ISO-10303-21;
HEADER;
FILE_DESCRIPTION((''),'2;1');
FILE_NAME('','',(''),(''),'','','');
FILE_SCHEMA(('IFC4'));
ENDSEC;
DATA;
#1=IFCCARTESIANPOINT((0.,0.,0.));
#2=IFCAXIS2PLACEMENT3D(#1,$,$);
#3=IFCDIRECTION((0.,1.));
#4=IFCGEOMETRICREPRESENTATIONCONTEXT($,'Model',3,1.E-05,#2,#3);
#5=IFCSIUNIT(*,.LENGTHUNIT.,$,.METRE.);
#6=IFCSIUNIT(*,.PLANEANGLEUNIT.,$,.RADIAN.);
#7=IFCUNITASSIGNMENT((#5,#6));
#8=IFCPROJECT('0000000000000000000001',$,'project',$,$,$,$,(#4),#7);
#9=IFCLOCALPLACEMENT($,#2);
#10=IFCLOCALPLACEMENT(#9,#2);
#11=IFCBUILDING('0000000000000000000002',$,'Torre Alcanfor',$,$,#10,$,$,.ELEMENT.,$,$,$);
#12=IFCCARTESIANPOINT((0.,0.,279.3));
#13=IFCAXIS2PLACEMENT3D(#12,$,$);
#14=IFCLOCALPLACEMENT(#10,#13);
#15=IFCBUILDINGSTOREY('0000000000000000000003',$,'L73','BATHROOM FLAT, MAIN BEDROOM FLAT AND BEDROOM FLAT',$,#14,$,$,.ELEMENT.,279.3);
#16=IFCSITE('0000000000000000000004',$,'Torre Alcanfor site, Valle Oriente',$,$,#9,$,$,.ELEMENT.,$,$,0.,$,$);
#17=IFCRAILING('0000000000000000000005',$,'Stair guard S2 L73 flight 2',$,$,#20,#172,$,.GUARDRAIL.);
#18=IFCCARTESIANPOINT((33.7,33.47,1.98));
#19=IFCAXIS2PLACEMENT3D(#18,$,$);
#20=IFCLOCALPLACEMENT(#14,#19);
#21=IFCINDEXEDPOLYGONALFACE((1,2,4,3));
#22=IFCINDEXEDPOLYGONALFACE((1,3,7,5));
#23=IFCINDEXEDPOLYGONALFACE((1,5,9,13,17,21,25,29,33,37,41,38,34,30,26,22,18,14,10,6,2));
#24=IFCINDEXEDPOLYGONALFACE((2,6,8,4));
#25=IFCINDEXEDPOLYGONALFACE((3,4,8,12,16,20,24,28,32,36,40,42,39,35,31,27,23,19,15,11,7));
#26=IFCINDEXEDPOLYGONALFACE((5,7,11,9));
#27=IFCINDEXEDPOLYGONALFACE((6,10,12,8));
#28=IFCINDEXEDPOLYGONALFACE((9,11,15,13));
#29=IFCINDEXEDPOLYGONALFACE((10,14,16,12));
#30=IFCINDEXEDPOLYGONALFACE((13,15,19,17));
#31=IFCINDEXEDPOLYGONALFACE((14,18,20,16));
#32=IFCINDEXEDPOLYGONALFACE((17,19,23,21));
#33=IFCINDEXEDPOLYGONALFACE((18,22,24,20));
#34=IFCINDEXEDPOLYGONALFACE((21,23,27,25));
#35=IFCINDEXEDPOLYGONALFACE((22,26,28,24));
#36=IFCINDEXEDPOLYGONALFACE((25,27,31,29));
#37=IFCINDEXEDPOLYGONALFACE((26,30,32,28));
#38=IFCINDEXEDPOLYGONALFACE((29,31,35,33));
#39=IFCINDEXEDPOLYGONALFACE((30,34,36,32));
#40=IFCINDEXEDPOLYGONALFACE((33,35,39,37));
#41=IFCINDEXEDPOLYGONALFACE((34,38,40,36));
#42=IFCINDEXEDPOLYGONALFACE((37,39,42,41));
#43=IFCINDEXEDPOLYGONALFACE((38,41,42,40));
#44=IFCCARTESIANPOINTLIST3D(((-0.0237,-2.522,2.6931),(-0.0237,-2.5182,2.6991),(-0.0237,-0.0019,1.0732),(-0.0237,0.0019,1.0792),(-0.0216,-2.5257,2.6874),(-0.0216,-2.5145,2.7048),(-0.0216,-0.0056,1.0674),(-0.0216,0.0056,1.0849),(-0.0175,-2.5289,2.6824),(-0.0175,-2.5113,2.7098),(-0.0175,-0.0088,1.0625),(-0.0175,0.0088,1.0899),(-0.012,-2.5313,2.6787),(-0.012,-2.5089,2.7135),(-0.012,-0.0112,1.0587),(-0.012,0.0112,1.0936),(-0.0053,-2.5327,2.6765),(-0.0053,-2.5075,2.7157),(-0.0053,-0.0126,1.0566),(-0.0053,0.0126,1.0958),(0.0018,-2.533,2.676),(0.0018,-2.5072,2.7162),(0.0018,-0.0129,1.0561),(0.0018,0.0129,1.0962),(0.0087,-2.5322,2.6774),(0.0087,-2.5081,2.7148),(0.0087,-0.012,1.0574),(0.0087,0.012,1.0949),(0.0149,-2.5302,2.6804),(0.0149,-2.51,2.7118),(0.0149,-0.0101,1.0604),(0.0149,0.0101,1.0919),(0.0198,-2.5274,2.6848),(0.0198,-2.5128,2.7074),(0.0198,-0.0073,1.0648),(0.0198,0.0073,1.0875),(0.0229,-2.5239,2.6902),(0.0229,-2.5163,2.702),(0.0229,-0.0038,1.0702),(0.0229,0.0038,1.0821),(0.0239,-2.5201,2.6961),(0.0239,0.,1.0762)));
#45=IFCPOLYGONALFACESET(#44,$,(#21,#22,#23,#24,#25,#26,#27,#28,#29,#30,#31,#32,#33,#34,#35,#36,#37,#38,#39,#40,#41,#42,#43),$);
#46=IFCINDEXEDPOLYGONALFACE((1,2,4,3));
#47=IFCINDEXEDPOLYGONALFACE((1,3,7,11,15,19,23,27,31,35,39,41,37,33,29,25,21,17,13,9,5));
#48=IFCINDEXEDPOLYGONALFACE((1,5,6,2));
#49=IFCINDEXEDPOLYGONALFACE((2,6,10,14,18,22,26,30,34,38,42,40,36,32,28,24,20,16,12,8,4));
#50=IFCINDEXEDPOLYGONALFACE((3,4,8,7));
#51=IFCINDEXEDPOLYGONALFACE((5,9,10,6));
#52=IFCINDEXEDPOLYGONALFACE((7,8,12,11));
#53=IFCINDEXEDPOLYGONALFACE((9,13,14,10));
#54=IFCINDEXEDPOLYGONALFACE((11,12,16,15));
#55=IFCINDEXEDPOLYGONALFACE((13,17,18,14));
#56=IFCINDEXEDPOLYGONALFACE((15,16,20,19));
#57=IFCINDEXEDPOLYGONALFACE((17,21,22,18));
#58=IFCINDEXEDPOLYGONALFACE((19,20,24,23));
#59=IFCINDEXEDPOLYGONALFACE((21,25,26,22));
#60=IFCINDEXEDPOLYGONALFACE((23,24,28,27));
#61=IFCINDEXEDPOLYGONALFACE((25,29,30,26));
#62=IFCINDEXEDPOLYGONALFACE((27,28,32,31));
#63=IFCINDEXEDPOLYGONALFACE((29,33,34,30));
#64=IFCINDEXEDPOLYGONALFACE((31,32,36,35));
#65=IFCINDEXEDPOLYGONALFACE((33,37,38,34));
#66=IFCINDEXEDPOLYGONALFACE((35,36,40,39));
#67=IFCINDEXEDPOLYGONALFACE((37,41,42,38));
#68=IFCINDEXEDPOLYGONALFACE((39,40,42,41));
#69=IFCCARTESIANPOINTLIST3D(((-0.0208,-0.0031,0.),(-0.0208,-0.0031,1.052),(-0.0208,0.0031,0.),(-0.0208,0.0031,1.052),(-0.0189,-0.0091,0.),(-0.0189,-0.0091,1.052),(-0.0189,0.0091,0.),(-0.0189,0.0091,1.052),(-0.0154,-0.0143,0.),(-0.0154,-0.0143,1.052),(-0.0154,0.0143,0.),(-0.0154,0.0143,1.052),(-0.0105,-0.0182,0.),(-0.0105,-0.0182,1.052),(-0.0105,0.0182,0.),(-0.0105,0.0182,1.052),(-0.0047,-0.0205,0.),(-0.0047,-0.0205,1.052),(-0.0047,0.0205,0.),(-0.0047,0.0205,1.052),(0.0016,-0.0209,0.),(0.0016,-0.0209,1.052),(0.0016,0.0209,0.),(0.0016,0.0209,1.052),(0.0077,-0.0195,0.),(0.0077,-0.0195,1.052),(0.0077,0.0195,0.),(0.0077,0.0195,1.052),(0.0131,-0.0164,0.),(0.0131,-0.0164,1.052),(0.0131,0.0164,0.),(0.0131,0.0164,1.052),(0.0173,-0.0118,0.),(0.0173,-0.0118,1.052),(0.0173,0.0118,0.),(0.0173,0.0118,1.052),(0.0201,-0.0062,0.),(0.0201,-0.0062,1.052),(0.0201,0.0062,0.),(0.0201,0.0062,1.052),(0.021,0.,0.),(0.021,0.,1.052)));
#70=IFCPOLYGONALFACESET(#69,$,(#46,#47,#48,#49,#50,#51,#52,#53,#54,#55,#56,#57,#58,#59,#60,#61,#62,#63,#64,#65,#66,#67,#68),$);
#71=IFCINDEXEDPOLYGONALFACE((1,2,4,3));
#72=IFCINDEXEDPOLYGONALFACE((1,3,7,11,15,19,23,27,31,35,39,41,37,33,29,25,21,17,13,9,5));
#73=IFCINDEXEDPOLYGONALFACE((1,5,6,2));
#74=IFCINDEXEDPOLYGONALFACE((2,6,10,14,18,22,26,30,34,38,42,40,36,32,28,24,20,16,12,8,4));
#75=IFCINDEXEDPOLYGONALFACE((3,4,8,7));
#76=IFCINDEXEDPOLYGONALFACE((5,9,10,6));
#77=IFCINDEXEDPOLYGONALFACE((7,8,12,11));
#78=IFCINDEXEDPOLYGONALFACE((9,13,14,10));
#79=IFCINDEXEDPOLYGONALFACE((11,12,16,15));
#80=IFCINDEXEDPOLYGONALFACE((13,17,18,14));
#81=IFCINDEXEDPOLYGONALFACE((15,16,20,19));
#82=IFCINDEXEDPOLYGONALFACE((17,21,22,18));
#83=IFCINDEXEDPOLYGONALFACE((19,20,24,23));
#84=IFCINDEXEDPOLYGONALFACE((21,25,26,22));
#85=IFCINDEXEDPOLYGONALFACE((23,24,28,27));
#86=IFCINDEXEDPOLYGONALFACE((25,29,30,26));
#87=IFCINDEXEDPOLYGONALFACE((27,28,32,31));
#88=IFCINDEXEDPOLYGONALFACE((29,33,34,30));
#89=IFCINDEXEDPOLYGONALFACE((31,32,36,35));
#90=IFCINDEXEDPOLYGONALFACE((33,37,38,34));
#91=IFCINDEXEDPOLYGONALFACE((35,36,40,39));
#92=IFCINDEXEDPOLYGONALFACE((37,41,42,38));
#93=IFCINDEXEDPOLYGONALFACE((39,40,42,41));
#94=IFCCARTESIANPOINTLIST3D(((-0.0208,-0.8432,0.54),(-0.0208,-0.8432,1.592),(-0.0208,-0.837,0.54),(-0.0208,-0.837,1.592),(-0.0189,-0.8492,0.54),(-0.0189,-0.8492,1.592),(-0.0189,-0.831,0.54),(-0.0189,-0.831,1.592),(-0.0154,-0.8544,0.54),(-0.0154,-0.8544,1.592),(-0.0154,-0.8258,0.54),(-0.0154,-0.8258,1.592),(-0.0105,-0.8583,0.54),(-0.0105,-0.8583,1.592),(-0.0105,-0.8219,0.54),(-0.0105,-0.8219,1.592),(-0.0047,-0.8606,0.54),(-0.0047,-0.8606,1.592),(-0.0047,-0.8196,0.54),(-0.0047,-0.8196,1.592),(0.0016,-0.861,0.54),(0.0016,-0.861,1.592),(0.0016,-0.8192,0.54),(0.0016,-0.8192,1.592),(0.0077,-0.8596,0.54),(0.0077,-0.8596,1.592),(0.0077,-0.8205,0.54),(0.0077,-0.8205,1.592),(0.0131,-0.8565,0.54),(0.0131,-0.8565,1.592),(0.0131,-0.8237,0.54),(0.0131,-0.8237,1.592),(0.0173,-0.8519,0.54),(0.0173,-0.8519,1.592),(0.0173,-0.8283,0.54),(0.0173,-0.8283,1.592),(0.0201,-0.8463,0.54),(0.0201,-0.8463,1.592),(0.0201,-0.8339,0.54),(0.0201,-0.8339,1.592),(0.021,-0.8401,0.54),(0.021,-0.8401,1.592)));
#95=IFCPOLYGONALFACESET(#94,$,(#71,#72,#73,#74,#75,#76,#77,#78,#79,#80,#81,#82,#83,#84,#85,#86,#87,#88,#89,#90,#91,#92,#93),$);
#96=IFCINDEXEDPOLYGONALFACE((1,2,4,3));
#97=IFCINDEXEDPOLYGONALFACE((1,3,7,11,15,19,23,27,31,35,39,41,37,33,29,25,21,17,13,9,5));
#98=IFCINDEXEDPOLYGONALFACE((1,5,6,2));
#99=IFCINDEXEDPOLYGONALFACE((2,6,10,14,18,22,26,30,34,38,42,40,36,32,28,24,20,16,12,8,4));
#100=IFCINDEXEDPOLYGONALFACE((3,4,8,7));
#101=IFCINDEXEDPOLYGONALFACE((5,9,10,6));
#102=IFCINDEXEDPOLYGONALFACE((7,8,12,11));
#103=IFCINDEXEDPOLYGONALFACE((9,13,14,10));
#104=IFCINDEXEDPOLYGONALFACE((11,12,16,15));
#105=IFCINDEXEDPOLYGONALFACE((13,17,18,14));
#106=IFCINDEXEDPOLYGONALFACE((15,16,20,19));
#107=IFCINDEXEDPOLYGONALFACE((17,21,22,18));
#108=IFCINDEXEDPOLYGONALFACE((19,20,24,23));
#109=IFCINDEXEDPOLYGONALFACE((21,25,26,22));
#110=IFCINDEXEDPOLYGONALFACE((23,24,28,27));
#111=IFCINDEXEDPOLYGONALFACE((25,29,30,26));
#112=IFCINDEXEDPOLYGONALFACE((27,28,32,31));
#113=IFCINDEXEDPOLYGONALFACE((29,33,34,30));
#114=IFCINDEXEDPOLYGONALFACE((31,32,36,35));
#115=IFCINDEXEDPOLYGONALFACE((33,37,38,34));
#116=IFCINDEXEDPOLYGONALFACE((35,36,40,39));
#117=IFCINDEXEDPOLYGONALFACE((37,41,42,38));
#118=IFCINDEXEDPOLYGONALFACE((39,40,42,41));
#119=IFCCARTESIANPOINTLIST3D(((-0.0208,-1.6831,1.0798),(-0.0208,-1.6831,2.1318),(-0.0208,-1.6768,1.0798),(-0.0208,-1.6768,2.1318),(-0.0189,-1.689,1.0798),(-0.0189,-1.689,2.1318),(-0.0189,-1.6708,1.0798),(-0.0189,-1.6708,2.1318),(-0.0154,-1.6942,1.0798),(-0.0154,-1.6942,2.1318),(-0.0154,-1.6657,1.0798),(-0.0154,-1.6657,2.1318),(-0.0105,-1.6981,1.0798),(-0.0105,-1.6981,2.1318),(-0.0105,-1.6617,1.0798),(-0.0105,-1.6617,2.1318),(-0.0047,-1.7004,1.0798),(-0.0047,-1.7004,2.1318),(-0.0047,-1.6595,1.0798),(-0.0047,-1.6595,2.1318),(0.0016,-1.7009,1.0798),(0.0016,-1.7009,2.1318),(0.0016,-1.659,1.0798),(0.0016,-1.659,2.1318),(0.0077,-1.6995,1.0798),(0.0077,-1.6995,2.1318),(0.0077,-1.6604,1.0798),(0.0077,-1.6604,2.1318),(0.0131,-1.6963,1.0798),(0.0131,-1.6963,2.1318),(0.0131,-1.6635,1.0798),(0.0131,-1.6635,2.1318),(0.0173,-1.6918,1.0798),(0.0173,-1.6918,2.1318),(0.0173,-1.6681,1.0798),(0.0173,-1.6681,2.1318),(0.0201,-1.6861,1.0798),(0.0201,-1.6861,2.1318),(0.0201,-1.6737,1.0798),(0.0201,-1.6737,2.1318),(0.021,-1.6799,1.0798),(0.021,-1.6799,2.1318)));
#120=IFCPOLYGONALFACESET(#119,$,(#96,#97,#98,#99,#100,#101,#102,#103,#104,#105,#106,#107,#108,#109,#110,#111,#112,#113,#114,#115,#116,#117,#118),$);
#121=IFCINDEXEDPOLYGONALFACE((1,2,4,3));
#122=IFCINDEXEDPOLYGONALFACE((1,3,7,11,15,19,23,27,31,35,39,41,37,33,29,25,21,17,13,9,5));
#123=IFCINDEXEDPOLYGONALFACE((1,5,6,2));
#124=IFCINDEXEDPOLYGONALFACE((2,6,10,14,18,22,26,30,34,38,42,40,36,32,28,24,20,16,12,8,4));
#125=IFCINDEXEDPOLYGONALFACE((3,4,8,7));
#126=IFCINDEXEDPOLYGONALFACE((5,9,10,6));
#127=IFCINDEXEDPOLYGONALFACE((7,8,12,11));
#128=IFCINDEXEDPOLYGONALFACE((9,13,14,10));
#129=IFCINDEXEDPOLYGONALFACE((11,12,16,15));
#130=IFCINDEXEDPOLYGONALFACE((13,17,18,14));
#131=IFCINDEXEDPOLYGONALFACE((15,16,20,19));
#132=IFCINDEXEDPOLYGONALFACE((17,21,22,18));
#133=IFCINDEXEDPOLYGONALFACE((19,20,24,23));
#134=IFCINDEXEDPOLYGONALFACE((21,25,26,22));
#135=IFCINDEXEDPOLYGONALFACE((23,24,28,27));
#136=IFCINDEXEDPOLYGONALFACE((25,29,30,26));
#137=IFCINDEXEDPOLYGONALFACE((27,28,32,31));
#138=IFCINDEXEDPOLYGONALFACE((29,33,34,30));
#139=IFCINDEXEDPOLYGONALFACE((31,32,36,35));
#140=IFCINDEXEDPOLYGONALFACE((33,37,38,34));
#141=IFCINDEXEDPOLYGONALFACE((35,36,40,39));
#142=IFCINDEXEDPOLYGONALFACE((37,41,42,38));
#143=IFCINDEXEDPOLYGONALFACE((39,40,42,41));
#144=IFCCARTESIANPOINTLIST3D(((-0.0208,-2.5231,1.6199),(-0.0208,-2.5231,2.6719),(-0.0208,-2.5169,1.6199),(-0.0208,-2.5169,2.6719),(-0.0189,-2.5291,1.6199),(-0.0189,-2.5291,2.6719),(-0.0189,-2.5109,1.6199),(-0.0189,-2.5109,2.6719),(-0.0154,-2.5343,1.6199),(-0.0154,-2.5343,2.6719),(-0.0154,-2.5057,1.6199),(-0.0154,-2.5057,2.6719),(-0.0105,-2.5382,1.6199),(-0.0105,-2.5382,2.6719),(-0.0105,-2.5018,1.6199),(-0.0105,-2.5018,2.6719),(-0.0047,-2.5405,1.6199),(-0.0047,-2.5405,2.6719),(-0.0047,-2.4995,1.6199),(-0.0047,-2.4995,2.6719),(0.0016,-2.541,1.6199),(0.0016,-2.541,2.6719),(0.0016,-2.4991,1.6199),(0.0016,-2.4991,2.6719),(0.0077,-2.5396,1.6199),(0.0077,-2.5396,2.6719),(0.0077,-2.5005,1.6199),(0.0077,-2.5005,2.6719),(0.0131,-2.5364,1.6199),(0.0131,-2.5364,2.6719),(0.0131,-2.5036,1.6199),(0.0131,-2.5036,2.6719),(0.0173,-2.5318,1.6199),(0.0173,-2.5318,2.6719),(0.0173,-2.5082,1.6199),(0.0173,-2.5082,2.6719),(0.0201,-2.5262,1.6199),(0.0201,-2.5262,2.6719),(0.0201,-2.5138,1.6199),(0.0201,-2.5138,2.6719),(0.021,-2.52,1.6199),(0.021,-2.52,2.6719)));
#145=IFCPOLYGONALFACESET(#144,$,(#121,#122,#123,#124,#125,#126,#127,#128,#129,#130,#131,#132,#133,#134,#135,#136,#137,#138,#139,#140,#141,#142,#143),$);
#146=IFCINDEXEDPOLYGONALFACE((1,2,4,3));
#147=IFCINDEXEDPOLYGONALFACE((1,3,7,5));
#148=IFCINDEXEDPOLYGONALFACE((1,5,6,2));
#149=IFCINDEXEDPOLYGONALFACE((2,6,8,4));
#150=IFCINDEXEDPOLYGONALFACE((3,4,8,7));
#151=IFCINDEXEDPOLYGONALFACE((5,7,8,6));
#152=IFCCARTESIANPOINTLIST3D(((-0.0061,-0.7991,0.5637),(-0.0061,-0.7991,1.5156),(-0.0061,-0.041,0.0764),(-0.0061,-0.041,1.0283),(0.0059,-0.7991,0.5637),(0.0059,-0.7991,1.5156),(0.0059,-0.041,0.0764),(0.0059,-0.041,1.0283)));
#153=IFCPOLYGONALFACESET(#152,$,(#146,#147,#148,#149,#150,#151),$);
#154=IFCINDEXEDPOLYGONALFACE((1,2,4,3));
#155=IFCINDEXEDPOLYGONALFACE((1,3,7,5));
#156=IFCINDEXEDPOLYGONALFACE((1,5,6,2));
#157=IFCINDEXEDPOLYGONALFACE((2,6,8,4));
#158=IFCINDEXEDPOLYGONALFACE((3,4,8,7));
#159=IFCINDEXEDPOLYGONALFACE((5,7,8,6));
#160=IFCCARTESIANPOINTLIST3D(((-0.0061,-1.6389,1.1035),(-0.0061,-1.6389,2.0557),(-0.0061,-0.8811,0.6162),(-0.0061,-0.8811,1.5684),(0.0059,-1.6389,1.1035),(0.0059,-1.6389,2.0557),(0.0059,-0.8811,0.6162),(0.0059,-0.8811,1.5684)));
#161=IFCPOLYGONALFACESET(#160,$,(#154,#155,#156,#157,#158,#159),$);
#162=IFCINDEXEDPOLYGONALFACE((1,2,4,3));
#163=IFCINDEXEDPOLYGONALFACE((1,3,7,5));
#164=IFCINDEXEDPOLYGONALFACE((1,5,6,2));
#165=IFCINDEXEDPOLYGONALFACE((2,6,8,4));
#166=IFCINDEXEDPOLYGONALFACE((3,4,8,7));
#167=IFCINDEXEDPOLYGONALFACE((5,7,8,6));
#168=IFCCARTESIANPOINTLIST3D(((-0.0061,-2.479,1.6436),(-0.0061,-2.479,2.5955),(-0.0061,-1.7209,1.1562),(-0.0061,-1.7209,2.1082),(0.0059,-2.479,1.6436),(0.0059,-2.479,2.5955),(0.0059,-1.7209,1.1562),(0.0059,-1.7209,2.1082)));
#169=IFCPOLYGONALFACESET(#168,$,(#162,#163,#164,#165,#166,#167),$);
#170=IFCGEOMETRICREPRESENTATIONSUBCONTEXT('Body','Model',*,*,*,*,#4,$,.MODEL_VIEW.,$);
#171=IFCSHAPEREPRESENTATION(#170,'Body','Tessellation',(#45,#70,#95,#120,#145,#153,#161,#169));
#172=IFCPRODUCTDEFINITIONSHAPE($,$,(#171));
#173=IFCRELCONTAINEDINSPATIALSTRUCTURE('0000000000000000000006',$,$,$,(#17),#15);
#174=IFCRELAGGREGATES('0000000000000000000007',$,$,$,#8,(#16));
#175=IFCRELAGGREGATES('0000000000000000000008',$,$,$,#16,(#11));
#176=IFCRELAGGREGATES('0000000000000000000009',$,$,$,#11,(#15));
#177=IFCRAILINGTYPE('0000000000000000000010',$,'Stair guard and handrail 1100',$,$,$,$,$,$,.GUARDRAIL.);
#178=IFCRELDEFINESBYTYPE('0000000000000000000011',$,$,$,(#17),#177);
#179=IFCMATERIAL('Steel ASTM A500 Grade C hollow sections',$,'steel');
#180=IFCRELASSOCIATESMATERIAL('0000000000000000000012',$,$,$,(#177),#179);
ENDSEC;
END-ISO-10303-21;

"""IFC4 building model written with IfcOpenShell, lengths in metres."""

from ifc_helpers import new_model, si_unit, direction, frame, origin, origin_2d, place, context, subcontext, project, spatial, polyline, circle, outline, extrude, material, type_object, element, save


model = new_model("IFC4")

# Units and contexts
model_context = context("Model", 3, precision=1e-05, world=origin(), true_north=direction((0.0, 1.0)))
body_context = subcontext(model_context, "Body", "Model", "MODEL_VIEW")
ifc_project = project(units=[si_unit("LENGTHUNIT", "METRE"), si_unit("PLANEANGLEUNIT", "RADIAN")], contexts=[model_context])

# Site, building, storey
site_placement = place(None, origin())
site = spatial("IfcSite", under=ifc_project, at=site_placement, Name="Torre Alcanfor site, Valle Oriente", CompositionType="ELEMENT", RefElevation=0.0)
building_placement = place(site_placement, origin())
building = spatial("IfcBuilding", under=site, at=building_placement, Name="Torre Alcanfor", CompositionType="ELEMENT")
storey_placement = place(building_placement, frame((0.0, 0.0, 279.3)))
storey = spatial("IfcBuildingStorey", under=building, at=storey_placement, Name="L73", Description="BATHROOM FLAT, MAIN BEDROOM FLAT AND BEDROOM FLAT", CompositionType="ELEMENT", Elevation=279.3)

# Railing
ifc_material_1 = material(Name="Steel ASTM A500 Grade C hollow sections", Category="steel")
railing_type_1 = type_object("IfcRailingType", Name="Stair guard and handrail 1100", PredefinedType="GUARDRAIL", material=ifc_material_1)
railing_1_placement = place(storey_placement, frame((33.7, 33.47, 1.98)))
element("IfcRailing", 1, at=railing_1_placement, inside=storey, type_object=railing_type_1, Name="Stair guard S2 L73 flight 2", PredefinedType="GUARDRAIL", context=body_context, shape_type="SweptSolid", body=[
    extrude(circle(Radius=0.0239, at=origin_2d()), frame((0.0, 0.0, 1.0762), z_axis=(0.0, -0.8412, 0.540725), x_axis=(1.0, 0.0, 0.0)), (0.0, 0.0, 1.0), 2.9958),
    extrude(circle(Radius=0.021, at=origin_2d()), origin(), (0.0, 0.0, 1.0), 1.052),
    extrude(circle(Radius=0.021, at=origin_2d()), frame((0.0, -0.8401, 0.54)), (0.0, 0.0, 1.0), 1.052),
    extrude(circle(Radius=0.021, at=origin_2d()), frame((0.0, -1.6799, 1.0798)), (0.0, 0.0, 1.0), 1.052),
    extrude(circle(Radius=0.021, at=origin_2d()), frame((0.0, -2.52, 1.6199)), (0.0, 0.0, 1.0), 1.052),
    extrude(outline(polyline([(0.041, 0.0764), (0.7991, 0.5637), (0.7991, 1.5156), (0.041, 1.0283), (0.041, 0.0764)])), frame((0.0059, 0.0, 0.0), z_axis=(-1.0, 0.0, 0.0), x_axis=(0.0, -1.0, 0.0)), (0.0, 0.0, 1.0), 0.012),
    extrude(outline(polyline([(0.8811, 0.6162), (1.6389, 1.1035), (1.6389, 2.0557), (0.8811, 1.5684), (0.8811, 0.6162)])), frame((0.0059, 0.0, 0.0), z_axis=(-1.0, 0.0, 0.0), x_axis=(0.0, -1.0, 0.0)), (0.0, 0.0, 1.0), 0.012),
    extrude(outline(polyline([(1.7209, 1.1562), (2.479, 1.6436), (2.479, 2.5955), (1.7209, 2.1082), (1.7209, 1.1562)])), frame((0.0059, 0.0, 0.0), z_axis=(-1.0, 0.0, 0.0), x_axis=(0.0, -1.0, 0.0)), (0.0, 0.0, 1.0), 0.012),
])

save(model, "model.ifc")
